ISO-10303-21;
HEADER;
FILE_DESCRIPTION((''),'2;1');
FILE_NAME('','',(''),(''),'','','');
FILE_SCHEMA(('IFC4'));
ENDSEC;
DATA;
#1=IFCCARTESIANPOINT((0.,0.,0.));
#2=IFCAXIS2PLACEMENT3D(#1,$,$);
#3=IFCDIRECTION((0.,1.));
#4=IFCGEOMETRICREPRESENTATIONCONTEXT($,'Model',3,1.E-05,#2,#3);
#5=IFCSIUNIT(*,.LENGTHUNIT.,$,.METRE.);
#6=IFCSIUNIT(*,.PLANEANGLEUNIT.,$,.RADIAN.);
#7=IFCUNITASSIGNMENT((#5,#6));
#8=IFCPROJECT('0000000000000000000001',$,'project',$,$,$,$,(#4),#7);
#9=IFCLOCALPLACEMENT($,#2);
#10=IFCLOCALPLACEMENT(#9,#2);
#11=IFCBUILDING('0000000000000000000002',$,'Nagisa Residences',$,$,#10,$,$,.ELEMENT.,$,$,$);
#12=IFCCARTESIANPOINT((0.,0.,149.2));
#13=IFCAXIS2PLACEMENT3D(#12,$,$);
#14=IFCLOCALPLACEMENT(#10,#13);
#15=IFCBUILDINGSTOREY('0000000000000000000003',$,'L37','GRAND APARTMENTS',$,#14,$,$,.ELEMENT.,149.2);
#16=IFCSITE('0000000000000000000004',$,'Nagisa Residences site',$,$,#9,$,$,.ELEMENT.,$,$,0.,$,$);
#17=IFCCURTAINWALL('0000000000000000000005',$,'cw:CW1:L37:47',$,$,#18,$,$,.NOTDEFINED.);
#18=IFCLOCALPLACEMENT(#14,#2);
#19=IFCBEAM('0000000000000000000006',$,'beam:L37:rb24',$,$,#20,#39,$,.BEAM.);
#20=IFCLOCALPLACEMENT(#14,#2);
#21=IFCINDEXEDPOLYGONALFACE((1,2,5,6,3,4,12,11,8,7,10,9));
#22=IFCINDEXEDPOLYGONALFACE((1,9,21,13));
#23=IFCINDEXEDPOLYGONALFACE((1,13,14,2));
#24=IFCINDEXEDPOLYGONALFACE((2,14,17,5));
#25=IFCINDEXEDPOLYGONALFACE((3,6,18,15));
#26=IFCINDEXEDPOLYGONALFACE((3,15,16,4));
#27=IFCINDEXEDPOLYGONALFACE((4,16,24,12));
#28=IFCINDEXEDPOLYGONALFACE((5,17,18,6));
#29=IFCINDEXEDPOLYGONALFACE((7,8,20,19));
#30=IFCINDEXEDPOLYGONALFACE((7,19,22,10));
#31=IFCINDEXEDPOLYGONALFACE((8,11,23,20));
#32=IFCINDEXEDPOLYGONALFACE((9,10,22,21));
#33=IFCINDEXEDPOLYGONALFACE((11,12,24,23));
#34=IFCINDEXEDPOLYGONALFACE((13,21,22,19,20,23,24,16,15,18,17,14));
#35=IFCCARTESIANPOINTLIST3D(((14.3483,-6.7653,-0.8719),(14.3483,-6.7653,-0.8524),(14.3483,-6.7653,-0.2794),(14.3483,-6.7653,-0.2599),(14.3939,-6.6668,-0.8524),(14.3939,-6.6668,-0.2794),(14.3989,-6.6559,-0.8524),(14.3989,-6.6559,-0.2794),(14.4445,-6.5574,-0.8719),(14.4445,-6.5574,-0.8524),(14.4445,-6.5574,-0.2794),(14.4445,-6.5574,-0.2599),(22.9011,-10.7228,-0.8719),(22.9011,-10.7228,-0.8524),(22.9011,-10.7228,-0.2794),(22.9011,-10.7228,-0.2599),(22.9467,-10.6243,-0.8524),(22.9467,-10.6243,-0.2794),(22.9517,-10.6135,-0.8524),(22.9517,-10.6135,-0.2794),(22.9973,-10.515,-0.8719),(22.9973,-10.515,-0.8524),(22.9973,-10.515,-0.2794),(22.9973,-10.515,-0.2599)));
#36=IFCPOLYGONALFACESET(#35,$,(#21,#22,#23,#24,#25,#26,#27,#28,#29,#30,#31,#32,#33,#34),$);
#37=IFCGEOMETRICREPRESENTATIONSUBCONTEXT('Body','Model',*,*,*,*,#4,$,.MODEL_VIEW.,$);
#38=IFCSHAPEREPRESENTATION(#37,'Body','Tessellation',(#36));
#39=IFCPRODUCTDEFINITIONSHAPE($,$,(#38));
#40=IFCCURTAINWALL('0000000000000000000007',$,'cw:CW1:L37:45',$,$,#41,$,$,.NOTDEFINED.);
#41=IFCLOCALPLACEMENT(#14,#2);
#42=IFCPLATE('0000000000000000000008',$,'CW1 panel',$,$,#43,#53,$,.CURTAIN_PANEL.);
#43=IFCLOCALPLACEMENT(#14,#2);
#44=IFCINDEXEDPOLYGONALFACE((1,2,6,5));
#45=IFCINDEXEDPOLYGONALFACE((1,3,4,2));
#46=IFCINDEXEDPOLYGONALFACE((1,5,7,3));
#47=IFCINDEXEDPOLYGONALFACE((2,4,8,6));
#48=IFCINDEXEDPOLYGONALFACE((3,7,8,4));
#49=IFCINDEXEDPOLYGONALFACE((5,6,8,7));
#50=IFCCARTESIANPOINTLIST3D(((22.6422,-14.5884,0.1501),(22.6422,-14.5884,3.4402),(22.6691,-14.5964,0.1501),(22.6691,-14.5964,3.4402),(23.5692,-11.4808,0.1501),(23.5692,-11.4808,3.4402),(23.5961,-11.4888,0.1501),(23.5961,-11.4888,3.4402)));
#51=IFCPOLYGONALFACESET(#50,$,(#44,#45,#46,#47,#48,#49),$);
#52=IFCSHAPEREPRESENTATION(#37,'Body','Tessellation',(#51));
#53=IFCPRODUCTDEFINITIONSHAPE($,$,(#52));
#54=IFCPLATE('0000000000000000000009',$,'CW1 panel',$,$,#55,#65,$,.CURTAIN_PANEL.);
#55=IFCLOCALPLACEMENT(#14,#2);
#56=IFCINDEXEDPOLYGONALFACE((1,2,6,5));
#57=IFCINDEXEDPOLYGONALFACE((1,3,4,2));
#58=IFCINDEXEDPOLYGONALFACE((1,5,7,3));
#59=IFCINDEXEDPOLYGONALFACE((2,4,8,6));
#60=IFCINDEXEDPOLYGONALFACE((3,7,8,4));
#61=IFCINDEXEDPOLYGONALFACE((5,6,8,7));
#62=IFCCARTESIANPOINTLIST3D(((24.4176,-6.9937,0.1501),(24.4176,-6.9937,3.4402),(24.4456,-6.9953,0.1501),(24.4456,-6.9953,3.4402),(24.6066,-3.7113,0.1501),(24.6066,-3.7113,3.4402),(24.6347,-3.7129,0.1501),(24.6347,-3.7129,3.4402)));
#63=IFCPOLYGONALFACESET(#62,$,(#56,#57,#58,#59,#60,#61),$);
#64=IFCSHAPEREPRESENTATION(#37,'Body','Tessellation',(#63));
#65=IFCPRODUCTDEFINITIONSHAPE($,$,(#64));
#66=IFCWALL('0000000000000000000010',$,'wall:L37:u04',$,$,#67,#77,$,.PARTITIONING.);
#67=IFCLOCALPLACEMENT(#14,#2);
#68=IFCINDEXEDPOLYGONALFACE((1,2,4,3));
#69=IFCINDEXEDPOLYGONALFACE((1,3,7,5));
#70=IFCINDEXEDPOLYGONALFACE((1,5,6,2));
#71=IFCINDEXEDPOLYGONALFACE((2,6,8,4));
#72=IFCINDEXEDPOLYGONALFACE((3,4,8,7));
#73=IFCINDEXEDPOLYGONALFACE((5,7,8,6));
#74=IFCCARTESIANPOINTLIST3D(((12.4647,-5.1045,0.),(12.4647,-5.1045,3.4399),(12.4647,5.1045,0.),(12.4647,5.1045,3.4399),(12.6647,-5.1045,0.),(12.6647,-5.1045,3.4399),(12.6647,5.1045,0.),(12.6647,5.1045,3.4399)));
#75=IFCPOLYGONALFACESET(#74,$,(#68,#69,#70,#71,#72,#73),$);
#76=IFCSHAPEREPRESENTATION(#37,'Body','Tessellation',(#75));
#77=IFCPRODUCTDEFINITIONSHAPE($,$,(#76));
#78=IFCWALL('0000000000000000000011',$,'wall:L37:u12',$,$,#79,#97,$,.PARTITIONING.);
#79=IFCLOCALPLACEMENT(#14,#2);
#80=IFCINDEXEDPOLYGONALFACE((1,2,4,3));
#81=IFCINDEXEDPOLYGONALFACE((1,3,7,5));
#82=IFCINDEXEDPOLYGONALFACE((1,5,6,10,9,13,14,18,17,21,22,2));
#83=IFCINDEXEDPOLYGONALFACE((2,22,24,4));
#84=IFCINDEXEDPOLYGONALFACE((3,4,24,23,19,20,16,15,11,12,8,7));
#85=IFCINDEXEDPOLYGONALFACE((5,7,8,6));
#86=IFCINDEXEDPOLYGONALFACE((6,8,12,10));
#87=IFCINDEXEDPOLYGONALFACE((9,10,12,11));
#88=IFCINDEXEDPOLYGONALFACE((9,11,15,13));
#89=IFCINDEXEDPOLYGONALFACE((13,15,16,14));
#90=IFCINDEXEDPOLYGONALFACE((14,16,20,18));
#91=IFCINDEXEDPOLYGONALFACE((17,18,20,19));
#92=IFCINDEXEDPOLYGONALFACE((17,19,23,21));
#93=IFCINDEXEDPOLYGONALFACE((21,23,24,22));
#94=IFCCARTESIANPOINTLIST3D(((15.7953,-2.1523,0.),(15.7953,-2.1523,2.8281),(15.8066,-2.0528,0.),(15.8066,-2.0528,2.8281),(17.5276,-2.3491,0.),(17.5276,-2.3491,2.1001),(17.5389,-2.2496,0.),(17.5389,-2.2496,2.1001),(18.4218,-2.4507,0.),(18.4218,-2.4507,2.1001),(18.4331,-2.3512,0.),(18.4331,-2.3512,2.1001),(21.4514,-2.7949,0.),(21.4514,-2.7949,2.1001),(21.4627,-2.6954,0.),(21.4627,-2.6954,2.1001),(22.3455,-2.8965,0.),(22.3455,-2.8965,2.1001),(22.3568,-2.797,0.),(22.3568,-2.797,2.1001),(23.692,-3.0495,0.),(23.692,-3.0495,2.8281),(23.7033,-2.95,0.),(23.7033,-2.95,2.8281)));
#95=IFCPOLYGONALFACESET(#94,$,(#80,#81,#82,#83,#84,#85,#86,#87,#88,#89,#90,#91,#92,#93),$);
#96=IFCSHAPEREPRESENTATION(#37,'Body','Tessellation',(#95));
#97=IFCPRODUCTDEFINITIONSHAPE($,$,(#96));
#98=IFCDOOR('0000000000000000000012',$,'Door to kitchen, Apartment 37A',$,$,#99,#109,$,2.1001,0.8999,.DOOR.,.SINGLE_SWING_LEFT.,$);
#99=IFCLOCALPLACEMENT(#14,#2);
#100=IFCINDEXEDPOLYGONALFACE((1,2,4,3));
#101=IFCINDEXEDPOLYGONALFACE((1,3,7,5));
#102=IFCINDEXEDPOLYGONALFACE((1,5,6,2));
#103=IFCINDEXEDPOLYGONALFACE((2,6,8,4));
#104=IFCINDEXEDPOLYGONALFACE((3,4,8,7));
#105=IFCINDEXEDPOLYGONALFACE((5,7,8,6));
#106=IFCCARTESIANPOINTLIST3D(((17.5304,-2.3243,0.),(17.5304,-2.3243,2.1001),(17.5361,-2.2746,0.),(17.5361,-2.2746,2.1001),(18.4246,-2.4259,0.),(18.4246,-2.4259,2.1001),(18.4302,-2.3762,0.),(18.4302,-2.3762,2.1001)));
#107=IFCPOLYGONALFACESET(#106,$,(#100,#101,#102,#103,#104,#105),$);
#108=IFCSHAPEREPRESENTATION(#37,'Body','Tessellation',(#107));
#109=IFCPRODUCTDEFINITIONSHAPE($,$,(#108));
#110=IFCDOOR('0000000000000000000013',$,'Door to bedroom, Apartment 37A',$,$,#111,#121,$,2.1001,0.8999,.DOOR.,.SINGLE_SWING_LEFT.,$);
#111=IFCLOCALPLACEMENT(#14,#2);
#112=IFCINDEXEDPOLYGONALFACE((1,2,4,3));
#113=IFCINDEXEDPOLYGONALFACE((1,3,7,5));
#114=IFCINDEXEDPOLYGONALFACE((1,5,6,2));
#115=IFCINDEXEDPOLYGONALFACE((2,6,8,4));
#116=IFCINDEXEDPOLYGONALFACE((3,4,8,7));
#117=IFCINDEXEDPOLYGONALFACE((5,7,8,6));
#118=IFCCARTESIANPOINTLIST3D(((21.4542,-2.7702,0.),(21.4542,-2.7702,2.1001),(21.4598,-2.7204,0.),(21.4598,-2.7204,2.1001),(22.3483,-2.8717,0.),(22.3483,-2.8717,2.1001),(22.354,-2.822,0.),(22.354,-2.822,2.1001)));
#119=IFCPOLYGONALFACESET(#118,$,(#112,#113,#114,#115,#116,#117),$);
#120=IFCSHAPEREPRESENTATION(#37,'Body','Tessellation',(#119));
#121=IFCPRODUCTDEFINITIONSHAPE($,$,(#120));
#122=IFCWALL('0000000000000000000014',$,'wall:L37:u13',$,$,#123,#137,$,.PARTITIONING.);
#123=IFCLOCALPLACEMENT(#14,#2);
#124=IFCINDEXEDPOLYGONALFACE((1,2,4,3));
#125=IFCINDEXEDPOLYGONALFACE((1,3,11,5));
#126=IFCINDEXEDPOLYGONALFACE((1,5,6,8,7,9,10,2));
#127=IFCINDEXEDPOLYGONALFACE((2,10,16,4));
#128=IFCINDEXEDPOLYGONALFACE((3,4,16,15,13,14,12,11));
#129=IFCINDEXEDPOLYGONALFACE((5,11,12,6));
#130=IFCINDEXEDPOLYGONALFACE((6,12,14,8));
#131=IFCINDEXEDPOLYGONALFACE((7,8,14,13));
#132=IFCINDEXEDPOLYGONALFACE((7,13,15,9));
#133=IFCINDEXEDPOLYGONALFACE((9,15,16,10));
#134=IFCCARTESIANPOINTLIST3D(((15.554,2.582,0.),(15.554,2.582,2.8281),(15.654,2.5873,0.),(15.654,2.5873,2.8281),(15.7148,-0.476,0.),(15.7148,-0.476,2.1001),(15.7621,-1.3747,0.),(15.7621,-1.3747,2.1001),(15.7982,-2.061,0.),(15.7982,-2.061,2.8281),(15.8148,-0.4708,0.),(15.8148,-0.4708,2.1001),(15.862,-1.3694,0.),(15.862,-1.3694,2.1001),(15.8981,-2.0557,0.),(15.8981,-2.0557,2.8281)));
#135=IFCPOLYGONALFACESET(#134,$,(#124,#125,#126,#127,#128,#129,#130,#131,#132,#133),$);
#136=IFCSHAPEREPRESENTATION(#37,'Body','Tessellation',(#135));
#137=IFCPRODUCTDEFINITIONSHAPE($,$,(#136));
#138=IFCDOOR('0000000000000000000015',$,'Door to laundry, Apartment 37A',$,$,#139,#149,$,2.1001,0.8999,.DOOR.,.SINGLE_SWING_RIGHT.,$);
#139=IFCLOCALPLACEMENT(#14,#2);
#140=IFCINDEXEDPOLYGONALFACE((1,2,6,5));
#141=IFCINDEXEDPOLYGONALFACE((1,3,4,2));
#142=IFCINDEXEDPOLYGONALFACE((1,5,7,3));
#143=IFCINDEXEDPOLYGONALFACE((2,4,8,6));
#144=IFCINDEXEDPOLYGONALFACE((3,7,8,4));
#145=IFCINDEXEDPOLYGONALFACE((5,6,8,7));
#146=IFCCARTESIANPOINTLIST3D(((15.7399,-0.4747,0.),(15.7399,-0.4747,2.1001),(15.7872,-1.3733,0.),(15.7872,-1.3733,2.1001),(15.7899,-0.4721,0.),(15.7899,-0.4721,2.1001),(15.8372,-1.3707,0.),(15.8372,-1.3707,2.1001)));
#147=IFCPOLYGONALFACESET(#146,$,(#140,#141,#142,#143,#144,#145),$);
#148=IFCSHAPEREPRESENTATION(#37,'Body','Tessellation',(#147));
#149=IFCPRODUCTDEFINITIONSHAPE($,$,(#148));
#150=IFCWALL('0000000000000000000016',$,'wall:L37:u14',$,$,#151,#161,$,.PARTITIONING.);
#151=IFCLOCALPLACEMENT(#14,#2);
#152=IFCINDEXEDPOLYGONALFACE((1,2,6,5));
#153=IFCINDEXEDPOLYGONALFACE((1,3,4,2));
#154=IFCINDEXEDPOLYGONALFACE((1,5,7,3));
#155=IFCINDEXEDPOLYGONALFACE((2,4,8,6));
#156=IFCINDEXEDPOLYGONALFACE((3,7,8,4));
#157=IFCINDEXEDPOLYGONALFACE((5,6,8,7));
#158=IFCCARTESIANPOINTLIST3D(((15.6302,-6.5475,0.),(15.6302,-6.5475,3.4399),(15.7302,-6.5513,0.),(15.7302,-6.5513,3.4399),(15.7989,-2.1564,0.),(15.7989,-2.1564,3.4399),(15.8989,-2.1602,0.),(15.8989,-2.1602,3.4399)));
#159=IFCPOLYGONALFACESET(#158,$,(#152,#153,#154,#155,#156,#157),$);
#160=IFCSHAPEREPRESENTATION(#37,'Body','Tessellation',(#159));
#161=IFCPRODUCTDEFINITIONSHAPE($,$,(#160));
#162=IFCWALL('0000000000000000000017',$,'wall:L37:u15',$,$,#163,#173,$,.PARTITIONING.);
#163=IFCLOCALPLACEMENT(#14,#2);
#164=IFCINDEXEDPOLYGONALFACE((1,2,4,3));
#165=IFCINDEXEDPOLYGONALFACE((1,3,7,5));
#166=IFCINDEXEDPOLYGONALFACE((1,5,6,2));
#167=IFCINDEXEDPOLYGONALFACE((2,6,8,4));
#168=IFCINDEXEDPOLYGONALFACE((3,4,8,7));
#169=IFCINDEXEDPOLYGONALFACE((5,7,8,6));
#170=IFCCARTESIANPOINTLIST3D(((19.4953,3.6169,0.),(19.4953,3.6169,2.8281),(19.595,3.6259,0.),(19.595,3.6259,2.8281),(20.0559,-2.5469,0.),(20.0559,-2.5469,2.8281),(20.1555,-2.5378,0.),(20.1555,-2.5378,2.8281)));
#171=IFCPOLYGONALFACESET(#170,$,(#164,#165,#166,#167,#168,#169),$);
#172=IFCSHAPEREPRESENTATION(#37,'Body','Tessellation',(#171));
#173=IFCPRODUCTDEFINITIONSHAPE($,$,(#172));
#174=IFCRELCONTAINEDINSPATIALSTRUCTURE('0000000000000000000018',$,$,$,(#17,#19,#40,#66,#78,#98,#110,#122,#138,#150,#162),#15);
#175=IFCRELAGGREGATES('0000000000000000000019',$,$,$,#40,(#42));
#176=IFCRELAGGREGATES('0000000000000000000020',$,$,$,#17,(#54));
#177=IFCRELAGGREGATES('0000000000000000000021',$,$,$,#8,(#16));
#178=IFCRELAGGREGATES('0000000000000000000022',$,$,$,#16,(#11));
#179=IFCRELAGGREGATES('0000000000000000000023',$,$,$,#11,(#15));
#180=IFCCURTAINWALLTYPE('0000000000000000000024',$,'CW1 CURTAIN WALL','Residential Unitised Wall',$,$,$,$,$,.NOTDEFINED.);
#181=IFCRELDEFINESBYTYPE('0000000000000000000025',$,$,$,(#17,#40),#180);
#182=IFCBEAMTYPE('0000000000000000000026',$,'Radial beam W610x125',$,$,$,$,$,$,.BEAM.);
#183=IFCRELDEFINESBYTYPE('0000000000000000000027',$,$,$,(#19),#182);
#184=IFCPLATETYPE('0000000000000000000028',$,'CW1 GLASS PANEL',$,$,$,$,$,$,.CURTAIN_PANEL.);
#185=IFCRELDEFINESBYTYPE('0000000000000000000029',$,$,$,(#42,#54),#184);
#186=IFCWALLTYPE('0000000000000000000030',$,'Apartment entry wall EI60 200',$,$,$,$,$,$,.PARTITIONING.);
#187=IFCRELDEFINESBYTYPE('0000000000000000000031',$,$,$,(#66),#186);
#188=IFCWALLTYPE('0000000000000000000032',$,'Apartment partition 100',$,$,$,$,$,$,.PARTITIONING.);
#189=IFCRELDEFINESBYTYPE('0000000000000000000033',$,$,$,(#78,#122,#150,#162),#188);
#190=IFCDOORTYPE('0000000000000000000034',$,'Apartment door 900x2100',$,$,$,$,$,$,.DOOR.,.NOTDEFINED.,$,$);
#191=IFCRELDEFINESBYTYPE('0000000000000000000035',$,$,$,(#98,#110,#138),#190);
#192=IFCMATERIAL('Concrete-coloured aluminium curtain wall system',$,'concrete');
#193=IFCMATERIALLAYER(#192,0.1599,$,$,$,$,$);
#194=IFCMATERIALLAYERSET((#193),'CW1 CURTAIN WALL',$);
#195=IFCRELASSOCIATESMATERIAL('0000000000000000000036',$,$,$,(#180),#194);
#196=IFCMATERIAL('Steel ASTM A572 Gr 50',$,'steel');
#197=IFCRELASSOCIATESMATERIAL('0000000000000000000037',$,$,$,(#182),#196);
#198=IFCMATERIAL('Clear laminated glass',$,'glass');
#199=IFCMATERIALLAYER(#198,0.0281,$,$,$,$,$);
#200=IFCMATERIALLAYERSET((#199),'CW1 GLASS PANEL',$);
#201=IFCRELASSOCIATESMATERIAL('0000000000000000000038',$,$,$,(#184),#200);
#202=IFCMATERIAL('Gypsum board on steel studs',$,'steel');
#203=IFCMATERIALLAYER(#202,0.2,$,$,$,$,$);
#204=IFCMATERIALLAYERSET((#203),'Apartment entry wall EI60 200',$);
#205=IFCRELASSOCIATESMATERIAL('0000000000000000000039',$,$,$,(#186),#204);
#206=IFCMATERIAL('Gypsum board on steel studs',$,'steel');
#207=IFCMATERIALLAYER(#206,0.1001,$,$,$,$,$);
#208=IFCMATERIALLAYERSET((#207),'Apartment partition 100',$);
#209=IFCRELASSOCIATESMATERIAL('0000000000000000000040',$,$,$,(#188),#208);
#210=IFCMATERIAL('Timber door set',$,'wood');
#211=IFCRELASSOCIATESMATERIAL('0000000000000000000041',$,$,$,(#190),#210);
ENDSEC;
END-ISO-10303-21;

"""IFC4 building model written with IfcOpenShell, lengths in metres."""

from ifc_helpers import new_model, si_unit, direction, frame, frame_2d, origin, origin_2d, place, context, subcontext, project, spatial, rectangle, i_section, extrude, material, layer, layer_set, material_profile, profile_set, type_object, element, fill, aggregate, save


model = new_model("IFC4")

# Units and contexts
model_context = context("Model", 3, precision=1e-05, world=origin(), true_north=direction((0.0, 1.0)))
body_context = subcontext(model_context, "Body", "Model", "MODEL_VIEW")
ifc_project = project(units=[si_unit("LENGTHUNIT", "METRE"), si_unit("PLANEANGLEUNIT", "RADIAN")], contexts=[model_context])

# Site, building, storey
site_placement = place(None, origin())
site = spatial("IfcSite", under=ifc_project, at=site_placement, Name="Nagisa Residences site", CompositionType="ELEMENT", RefElevation=0.0)
building_placement = place(site_placement, origin())
building = spatial("IfcBuilding", under=site, at=building_placement, Name="Nagisa Residences", CompositionType="ELEMENT")
storey_placement = place(building_placement, frame((0.0, 0.0, 149.2)))
storey = spatial("IfcBuildingStorey", under=building, at=storey_placement, Name="L37", Description="GRAND APARTMENTS", CompositionType="ELEMENT", Elevation=149.2)

# Curtain wall
ifc_material_1 = material(Name="Concrete-coloured aluminium curtain wall system", Category="concrete")
ifc_layer_1 = layer(ifc_material_1, 0.1599)
ifc_layer_set_1 = layer_set([ifc_layer_1], Name="CW1 CURTAIN WALL")
curtain_wall_type = type_object("IfcCurtainWallType", Name="CW1 CURTAIN WALL", Description="Residential Unitised Wall", PredefinedType="NOTDEFINED", material=ifc_layer_set_1)
curtain_wall_1_placement = place(storey_placement, origin())
curtain_wall_1 = element("IfcCurtainWall", 1, at=curtain_wall_1_placement, inside=storey, type_object=curtain_wall_type, Name="cw:CW1:L37:47", PredefinedType="NOTDEFINED")

# Beam
ifc_material_2 = material(Name="Steel ASTM A572 Gr 50", Category="steel")
ifc_material_profile_1 = material_profile(ifc_material_2, i_section(OverallWidth=0.229, OverallDepth=0.6121, WebThickness=0.012, FlangeThickness=0.0195, at=origin_2d()), Name="W610x125")
ifc_profile_set_1 = profile_set([ifc_material_profile_1], Name="Steel ASTM A572 Gr 50")
beam_type_1 = type_object("IfcBeamType", Name="Radial beam W610x125", PredefinedType="BEAM", material=ifc_profile_set_1)
beam_1_placement = place(storey_placement, frame((22.9492, -10.6189, -0.5659), z_axis=(-0.907551, 0.419942, 0.0), x_axis=(-0.419942, -0.907551, 0.0)))
element("IfcBeam", 2, at=beam_1_placement, inside=storey, type_object=beam_type_1, Name="beam:L37:rb24", PredefinedType="BEAM", context=body_context, shape_type="SweptSolid", body=[
    extrude(i_section(OverallWidth=0.229, OverallDepth=0.6121, WebThickness=0.012, FlangeThickness=0.0195, at=origin_2d()), origin(), (0.0, 0.0, 1.0), 9.4241),
])

# Curtain wall, plate
curtain_wall_2_placement = place(storey_placement, origin())
curtain_wall_2 = element("IfcCurtainWall", 3, at=curtain_wall_2_placement, inside=storey, type_object=curtain_wall_type, Name="cw:CW1:L37:45", PredefinedType="NOTDEFINED")
ifc_material_3 = material(Name="Clear laminated glass", Category="glass")
ifc_layer_2 = layer(ifc_material_3, 0.0281)
ifc_layer_set_2 = layer_set([ifc_layer_2], Name="CW1 GLASS PANEL")
plate_type = type_object("IfcPlateType", Name="CW1 GLASS PANEL", PredefinedType="CURTAIN_PANEL", material=ifc_layer_set_2)
plate_1_placement = place(storey_placement, frame((23.1191, -13.0386, 0.1501), z_axis=(0.0, 0.0, 1.0), x_axis=(0.28586, 0.958271, 0.0)))
plate_1 = element("IfcPlate", 4, at=plate_1_placement, type_object=plate_type, Name="CW1 panel", PredefinedType="CURTAIN_PANEL", context=body_context, shape_type="SweptSolid", body=[
    extrude(rectangle(XDim=3.2429, YDim=0.0281, at=origin_2d()), origin(), (0.0, 0.0, 1.0), 3.29),
])
aggregate(curtain_wall_2, [plate_1])

# Plate
plate_2_placement = place(storey_placement, frame((24.5261, -5.3533, 0.1501), z_axis=(0.0, 0.0, 1.0), x_axis=(0.057503, 0.998345, 0.0)))
plate_2 = element("IfcPlate", 5, at=plate_2_placement, type_object=plate_type, Name="CW1 panel", PredefinedType="CURTAIN_PANEL", context=body_context, shape_type="SweptSolid", body=[
    extrude(rectangle(XDim=3.2878, YDim=0.0281, at=origin_2d()), origin(), (0.0, 0.0, 1.0), 3.29),
])
aggregate(curtain_wall_1, [plate_2])

# Wall
ifc_material_4 = material(Name="Gypsum board on steel studs", Category="steel")
ifc_layer_3 = layer(ifc_material_4, 0.2)
ifc_layer_set_3 = layer_set([ifc_layer_3], Name="Apartment entry wall EI60 200")
wall_type_1 = type_object("IfcWallType", Name="Apartment entry wall EI60 200", PredefinedType="PARTITIONING", material=ifc_layer_set_3)
wall_1_placement = place(storey_placement, frame((12.5647, -5.1045, 0.0), z_axis=(0.0, 0.0, 1.0), x_axis=(0.0, 1.0, 0.0)))
element("IfcWall", 6, at=wall_1_placement, inside=storey, type_object=wall_type_1, Name="wall:L37:u04", PredefinedType="PARTITIONING", context=body_context, shape_type="SweptSolid", body=[
    extrude(rectangle(XDim=10.209, YDim=0.2, at=frame_2d((5.1045, 0.0))), origin(), (0.0, 0.0, 1.0), 3.4399),
])

# Wall, openings, doors
ifc_material_5 = material(Name="Gypsum board on steel studs", Category="steel")
ifc_layer_4 = layer(ifc_material_5, 0.1001)
ifc_layer_set_4 = layer_set([ifc_layer_4], Name="Apartment partition 100")
wall_type_2 = type_object("IfcWallType", Name="Apartment partition 100", PredefinedType="PARTITIONING", material=ifc_layer_set_4)
wall_2_placement = place(storey_placement, frame((15.801, -2.1025, 0.0), z_axis=(0.0, 0.0, 1.0), x_axis=(0.993607, -0.112892, 0.0)))
wall_2 = element("IfcWall", 7, at=wall_2_placement, inside=storey, type_object=wall_type_2, Name="wall:L37:u12", PredefinedType="PARTITIONING", context=body_context, shape_type="SweptSolid", body=[
    extrude(rectangle(XDim=7.9475, YDim=0.1001, at=frame_2d((3.9736, 0.0))), origin(), (0.0, 0.0, 1.0), 2.8281),
])
opening_1_placement = place(wall_2_placement, frame((1.7434, 0.0, 0.0)))
opening_1 = element("IfcOpeningElement", 8, at=opening_1_placement, cuts=wall_2, PredefinedType="OPENING", context=body_context, shape_type="SweptSolid", body=[
    extrude(rectangle(XDim=0.8999, YDim=2.1001, at=frame_2d((0.45, 1.05))), frame((0.0, 0.0601, 0.0), z_axis=(0.0, -1.0, 0.0), x_axis=(1.0, 0.0, 0.0)), (0.0, 0.0, 1.0), 0.1201),
])
opening_2_placement = place(wall_2_placement, frame((5.6924, 0.0, 0.0)))
opening_2 = element("IfcOpeningElement", 9, at=opening_2_placement, cuts=wall_2, PredefinedType="OPENING", context=body_context, shape_type="SweptSolid", body=[
    extrude(rectangle(XDim=0.8999, YDim=2.1001, at=frame_2d((0.45, 1.05))), frame((0.0, 0.0601, 0.0), z_axis=(0.0, -1.0, 0.0), x_axis=(1.0, 0.0, 0.0)), (0.0, 0.0, 1.0), 0.1201),
])
ifc_material_6 = material(Name="Timber door set", Category="wood")
door_type_1 = type_object("IfcDoorType", Name="Apartment door 900x2100", OperationType="NOTDEFINED", PredefinedType="DOOR", material=ifc_material_6)
door_1_placement = place(opening_1_placement, origin())
door_1 = element("IfcDoor", 10, at=door_1_placement, inside=storey, type_object=door_type_1, Name="Door to kitchen, Apartment 37A", OperationType="SINGLE_SWING_LEFT", OverallHeight=2.1001, OverallWidth=0.8999, PredefinedType="DOOR", context=body_context, shape_type="SweptSolid", body=[
    extrude(rectangle(XDim=0.8999, YDim=2.1001, at=frame_2d((0.45, 1.05))), frame((0.0, 0.0249, 0.0), z_axis=(0.0, -1.0, 0.0), x_axis=(1.0, 0.0, 0.0)), (0.0, 0.0, 1.0), 0.05),
])
fill(opening_1, door_1)
door_2_placement = place(opening_2_placement, origin())
door_2 = element("IfcDoor", 11, at=door_2_placement, inside=storey, type_object=door_type_1, Name="Door to bedroom, Apartment 37A", OperationType="SINGLE_SWING_LEFT", OverallHeight=2.1001, OverallWidth=0.8999, PredefinedType="DOOR", context=body_context, shape_type="SweptSolid", body=[
    extrude(rectangle(XDim=0.8999, YDim=2.1001, at=frame_2d((0.45, 1.05))), frame((0.0, 0.0249, 0.0), z_axis=(0.0, -1.0, 0.0), x_axis=(1.0, 0.0, 0.0)), (0.0, 0.0, 1.0), 0.05),
])
fill(opening_2, door_2)

# Wall, opening, door
wall_3_placement = place(storey_placement, frame((15.8481, -2.0583, 0.0), z_axis=(0.0, 0.0, 1.0), x_axis=(-0.052509, 0.99862, 0.0)))
wall_3 = element("IfcWall", 12, at=wall_3_placement, inside=storey, type_object=wall_type_2, Name="wall:L37:u13", PredefinedType="PARTITIONING", context=body_context, shape_type="SweptSolid", body=[
    extrude(rectangle(XDim=4.6494, YDim=0.1001, at=frame_2d((2.3247, 0.0))), origin(), (0.0, 0.0, 1.0), 2.8281),
])
opening_3_placement = place(wall_3_placement, frame((0.6873, 0.0, 0.0)))
opening_3 = element("IfcOpeningElement", 13, at=opening_3_placement, cuts=wall_3, PredefinedType="OPENING", context=body_context, shape_type="SweptSolid", body=[
    extrude(rectangle(XDim=0.8999, YDim=2.1001, at=frame_2d((0.45, 1.05))), frame((0.0, 0.0601, 0.0), z_axis=(0.0, -1.0, 0.0), x_axis=(1.0, 0.0, 0.0)), (0.0, 0.0, 1.0), 0.1201),
])
door_3_placement = place(opening_3_placement, origin())
door_3 = element("IfcDoor", 14, at=door_3_placement, inside=storey, type_object=door_type_1, Name="Door to laundry, Apartment 37A", OperationType="SINGLE_SWING_RIGHT", OverallHeight=2.1001, OverallWidth=0.8999, PredefinedType="DOOR", context=body_context, shape_type="SweptSolid", body=[
    extrude(rectangle(XDim=0.8999, YDim=2.1001, at=frame_2d((0.45, 1.05))), frame((0.0, 0.0249, 0.0), z_axis=(0.0, -1.0, 0.0), x_axis=(1.0, 0.0, 0.0)), (0.0, 0.0, 1.0), 0.05),
])
fill(opening_3, door_3)

# Walls
wall_4_placement = place(storey_placement, frame((15.8489, -2.1582, 0.0), z_axis=(0.0, 0.0, 1.0), x_axis=(-0.03839, -0.999263, 0.0)))
element("IfcWall", 15, at=wall_4_placement, inside=storey, type_object=wall_type_2, Name="wall:L37:u14", PredefinedType="PARTITIONING", context=body_context, shape_type="SweptSolid", body=[
    extrude(rectangle(XDim=4.3943, YDim=0.1001, at=frame_2d((2.1973, 0.0))), origin(), (0.0, 0.0, 1.0), 3.4399),
])
wall_5_placement = place(storey_placement, frame((20.1057, -2.5425, 0.0), z_axis=(0.0, 0.0, 1.0), x_axis=(-0.090568, 0.99589, 0.0)))
element("IfcWall", 16, at=wall_5_placement, inside=storey, type_object=wall_type_2, Name="wall:L37:u15", PredefinedType="PARTITIONING", context=body_context, shape_type="SweptSolid", body=[
    extrude(rectangle(XDim=6.1892, YDim=0.1001, at=frame_2d((3.0947, 0.0))), origin(), (0.0, 0.0, 1.0), 2.8281),
])

save(model, "model.ifc")
